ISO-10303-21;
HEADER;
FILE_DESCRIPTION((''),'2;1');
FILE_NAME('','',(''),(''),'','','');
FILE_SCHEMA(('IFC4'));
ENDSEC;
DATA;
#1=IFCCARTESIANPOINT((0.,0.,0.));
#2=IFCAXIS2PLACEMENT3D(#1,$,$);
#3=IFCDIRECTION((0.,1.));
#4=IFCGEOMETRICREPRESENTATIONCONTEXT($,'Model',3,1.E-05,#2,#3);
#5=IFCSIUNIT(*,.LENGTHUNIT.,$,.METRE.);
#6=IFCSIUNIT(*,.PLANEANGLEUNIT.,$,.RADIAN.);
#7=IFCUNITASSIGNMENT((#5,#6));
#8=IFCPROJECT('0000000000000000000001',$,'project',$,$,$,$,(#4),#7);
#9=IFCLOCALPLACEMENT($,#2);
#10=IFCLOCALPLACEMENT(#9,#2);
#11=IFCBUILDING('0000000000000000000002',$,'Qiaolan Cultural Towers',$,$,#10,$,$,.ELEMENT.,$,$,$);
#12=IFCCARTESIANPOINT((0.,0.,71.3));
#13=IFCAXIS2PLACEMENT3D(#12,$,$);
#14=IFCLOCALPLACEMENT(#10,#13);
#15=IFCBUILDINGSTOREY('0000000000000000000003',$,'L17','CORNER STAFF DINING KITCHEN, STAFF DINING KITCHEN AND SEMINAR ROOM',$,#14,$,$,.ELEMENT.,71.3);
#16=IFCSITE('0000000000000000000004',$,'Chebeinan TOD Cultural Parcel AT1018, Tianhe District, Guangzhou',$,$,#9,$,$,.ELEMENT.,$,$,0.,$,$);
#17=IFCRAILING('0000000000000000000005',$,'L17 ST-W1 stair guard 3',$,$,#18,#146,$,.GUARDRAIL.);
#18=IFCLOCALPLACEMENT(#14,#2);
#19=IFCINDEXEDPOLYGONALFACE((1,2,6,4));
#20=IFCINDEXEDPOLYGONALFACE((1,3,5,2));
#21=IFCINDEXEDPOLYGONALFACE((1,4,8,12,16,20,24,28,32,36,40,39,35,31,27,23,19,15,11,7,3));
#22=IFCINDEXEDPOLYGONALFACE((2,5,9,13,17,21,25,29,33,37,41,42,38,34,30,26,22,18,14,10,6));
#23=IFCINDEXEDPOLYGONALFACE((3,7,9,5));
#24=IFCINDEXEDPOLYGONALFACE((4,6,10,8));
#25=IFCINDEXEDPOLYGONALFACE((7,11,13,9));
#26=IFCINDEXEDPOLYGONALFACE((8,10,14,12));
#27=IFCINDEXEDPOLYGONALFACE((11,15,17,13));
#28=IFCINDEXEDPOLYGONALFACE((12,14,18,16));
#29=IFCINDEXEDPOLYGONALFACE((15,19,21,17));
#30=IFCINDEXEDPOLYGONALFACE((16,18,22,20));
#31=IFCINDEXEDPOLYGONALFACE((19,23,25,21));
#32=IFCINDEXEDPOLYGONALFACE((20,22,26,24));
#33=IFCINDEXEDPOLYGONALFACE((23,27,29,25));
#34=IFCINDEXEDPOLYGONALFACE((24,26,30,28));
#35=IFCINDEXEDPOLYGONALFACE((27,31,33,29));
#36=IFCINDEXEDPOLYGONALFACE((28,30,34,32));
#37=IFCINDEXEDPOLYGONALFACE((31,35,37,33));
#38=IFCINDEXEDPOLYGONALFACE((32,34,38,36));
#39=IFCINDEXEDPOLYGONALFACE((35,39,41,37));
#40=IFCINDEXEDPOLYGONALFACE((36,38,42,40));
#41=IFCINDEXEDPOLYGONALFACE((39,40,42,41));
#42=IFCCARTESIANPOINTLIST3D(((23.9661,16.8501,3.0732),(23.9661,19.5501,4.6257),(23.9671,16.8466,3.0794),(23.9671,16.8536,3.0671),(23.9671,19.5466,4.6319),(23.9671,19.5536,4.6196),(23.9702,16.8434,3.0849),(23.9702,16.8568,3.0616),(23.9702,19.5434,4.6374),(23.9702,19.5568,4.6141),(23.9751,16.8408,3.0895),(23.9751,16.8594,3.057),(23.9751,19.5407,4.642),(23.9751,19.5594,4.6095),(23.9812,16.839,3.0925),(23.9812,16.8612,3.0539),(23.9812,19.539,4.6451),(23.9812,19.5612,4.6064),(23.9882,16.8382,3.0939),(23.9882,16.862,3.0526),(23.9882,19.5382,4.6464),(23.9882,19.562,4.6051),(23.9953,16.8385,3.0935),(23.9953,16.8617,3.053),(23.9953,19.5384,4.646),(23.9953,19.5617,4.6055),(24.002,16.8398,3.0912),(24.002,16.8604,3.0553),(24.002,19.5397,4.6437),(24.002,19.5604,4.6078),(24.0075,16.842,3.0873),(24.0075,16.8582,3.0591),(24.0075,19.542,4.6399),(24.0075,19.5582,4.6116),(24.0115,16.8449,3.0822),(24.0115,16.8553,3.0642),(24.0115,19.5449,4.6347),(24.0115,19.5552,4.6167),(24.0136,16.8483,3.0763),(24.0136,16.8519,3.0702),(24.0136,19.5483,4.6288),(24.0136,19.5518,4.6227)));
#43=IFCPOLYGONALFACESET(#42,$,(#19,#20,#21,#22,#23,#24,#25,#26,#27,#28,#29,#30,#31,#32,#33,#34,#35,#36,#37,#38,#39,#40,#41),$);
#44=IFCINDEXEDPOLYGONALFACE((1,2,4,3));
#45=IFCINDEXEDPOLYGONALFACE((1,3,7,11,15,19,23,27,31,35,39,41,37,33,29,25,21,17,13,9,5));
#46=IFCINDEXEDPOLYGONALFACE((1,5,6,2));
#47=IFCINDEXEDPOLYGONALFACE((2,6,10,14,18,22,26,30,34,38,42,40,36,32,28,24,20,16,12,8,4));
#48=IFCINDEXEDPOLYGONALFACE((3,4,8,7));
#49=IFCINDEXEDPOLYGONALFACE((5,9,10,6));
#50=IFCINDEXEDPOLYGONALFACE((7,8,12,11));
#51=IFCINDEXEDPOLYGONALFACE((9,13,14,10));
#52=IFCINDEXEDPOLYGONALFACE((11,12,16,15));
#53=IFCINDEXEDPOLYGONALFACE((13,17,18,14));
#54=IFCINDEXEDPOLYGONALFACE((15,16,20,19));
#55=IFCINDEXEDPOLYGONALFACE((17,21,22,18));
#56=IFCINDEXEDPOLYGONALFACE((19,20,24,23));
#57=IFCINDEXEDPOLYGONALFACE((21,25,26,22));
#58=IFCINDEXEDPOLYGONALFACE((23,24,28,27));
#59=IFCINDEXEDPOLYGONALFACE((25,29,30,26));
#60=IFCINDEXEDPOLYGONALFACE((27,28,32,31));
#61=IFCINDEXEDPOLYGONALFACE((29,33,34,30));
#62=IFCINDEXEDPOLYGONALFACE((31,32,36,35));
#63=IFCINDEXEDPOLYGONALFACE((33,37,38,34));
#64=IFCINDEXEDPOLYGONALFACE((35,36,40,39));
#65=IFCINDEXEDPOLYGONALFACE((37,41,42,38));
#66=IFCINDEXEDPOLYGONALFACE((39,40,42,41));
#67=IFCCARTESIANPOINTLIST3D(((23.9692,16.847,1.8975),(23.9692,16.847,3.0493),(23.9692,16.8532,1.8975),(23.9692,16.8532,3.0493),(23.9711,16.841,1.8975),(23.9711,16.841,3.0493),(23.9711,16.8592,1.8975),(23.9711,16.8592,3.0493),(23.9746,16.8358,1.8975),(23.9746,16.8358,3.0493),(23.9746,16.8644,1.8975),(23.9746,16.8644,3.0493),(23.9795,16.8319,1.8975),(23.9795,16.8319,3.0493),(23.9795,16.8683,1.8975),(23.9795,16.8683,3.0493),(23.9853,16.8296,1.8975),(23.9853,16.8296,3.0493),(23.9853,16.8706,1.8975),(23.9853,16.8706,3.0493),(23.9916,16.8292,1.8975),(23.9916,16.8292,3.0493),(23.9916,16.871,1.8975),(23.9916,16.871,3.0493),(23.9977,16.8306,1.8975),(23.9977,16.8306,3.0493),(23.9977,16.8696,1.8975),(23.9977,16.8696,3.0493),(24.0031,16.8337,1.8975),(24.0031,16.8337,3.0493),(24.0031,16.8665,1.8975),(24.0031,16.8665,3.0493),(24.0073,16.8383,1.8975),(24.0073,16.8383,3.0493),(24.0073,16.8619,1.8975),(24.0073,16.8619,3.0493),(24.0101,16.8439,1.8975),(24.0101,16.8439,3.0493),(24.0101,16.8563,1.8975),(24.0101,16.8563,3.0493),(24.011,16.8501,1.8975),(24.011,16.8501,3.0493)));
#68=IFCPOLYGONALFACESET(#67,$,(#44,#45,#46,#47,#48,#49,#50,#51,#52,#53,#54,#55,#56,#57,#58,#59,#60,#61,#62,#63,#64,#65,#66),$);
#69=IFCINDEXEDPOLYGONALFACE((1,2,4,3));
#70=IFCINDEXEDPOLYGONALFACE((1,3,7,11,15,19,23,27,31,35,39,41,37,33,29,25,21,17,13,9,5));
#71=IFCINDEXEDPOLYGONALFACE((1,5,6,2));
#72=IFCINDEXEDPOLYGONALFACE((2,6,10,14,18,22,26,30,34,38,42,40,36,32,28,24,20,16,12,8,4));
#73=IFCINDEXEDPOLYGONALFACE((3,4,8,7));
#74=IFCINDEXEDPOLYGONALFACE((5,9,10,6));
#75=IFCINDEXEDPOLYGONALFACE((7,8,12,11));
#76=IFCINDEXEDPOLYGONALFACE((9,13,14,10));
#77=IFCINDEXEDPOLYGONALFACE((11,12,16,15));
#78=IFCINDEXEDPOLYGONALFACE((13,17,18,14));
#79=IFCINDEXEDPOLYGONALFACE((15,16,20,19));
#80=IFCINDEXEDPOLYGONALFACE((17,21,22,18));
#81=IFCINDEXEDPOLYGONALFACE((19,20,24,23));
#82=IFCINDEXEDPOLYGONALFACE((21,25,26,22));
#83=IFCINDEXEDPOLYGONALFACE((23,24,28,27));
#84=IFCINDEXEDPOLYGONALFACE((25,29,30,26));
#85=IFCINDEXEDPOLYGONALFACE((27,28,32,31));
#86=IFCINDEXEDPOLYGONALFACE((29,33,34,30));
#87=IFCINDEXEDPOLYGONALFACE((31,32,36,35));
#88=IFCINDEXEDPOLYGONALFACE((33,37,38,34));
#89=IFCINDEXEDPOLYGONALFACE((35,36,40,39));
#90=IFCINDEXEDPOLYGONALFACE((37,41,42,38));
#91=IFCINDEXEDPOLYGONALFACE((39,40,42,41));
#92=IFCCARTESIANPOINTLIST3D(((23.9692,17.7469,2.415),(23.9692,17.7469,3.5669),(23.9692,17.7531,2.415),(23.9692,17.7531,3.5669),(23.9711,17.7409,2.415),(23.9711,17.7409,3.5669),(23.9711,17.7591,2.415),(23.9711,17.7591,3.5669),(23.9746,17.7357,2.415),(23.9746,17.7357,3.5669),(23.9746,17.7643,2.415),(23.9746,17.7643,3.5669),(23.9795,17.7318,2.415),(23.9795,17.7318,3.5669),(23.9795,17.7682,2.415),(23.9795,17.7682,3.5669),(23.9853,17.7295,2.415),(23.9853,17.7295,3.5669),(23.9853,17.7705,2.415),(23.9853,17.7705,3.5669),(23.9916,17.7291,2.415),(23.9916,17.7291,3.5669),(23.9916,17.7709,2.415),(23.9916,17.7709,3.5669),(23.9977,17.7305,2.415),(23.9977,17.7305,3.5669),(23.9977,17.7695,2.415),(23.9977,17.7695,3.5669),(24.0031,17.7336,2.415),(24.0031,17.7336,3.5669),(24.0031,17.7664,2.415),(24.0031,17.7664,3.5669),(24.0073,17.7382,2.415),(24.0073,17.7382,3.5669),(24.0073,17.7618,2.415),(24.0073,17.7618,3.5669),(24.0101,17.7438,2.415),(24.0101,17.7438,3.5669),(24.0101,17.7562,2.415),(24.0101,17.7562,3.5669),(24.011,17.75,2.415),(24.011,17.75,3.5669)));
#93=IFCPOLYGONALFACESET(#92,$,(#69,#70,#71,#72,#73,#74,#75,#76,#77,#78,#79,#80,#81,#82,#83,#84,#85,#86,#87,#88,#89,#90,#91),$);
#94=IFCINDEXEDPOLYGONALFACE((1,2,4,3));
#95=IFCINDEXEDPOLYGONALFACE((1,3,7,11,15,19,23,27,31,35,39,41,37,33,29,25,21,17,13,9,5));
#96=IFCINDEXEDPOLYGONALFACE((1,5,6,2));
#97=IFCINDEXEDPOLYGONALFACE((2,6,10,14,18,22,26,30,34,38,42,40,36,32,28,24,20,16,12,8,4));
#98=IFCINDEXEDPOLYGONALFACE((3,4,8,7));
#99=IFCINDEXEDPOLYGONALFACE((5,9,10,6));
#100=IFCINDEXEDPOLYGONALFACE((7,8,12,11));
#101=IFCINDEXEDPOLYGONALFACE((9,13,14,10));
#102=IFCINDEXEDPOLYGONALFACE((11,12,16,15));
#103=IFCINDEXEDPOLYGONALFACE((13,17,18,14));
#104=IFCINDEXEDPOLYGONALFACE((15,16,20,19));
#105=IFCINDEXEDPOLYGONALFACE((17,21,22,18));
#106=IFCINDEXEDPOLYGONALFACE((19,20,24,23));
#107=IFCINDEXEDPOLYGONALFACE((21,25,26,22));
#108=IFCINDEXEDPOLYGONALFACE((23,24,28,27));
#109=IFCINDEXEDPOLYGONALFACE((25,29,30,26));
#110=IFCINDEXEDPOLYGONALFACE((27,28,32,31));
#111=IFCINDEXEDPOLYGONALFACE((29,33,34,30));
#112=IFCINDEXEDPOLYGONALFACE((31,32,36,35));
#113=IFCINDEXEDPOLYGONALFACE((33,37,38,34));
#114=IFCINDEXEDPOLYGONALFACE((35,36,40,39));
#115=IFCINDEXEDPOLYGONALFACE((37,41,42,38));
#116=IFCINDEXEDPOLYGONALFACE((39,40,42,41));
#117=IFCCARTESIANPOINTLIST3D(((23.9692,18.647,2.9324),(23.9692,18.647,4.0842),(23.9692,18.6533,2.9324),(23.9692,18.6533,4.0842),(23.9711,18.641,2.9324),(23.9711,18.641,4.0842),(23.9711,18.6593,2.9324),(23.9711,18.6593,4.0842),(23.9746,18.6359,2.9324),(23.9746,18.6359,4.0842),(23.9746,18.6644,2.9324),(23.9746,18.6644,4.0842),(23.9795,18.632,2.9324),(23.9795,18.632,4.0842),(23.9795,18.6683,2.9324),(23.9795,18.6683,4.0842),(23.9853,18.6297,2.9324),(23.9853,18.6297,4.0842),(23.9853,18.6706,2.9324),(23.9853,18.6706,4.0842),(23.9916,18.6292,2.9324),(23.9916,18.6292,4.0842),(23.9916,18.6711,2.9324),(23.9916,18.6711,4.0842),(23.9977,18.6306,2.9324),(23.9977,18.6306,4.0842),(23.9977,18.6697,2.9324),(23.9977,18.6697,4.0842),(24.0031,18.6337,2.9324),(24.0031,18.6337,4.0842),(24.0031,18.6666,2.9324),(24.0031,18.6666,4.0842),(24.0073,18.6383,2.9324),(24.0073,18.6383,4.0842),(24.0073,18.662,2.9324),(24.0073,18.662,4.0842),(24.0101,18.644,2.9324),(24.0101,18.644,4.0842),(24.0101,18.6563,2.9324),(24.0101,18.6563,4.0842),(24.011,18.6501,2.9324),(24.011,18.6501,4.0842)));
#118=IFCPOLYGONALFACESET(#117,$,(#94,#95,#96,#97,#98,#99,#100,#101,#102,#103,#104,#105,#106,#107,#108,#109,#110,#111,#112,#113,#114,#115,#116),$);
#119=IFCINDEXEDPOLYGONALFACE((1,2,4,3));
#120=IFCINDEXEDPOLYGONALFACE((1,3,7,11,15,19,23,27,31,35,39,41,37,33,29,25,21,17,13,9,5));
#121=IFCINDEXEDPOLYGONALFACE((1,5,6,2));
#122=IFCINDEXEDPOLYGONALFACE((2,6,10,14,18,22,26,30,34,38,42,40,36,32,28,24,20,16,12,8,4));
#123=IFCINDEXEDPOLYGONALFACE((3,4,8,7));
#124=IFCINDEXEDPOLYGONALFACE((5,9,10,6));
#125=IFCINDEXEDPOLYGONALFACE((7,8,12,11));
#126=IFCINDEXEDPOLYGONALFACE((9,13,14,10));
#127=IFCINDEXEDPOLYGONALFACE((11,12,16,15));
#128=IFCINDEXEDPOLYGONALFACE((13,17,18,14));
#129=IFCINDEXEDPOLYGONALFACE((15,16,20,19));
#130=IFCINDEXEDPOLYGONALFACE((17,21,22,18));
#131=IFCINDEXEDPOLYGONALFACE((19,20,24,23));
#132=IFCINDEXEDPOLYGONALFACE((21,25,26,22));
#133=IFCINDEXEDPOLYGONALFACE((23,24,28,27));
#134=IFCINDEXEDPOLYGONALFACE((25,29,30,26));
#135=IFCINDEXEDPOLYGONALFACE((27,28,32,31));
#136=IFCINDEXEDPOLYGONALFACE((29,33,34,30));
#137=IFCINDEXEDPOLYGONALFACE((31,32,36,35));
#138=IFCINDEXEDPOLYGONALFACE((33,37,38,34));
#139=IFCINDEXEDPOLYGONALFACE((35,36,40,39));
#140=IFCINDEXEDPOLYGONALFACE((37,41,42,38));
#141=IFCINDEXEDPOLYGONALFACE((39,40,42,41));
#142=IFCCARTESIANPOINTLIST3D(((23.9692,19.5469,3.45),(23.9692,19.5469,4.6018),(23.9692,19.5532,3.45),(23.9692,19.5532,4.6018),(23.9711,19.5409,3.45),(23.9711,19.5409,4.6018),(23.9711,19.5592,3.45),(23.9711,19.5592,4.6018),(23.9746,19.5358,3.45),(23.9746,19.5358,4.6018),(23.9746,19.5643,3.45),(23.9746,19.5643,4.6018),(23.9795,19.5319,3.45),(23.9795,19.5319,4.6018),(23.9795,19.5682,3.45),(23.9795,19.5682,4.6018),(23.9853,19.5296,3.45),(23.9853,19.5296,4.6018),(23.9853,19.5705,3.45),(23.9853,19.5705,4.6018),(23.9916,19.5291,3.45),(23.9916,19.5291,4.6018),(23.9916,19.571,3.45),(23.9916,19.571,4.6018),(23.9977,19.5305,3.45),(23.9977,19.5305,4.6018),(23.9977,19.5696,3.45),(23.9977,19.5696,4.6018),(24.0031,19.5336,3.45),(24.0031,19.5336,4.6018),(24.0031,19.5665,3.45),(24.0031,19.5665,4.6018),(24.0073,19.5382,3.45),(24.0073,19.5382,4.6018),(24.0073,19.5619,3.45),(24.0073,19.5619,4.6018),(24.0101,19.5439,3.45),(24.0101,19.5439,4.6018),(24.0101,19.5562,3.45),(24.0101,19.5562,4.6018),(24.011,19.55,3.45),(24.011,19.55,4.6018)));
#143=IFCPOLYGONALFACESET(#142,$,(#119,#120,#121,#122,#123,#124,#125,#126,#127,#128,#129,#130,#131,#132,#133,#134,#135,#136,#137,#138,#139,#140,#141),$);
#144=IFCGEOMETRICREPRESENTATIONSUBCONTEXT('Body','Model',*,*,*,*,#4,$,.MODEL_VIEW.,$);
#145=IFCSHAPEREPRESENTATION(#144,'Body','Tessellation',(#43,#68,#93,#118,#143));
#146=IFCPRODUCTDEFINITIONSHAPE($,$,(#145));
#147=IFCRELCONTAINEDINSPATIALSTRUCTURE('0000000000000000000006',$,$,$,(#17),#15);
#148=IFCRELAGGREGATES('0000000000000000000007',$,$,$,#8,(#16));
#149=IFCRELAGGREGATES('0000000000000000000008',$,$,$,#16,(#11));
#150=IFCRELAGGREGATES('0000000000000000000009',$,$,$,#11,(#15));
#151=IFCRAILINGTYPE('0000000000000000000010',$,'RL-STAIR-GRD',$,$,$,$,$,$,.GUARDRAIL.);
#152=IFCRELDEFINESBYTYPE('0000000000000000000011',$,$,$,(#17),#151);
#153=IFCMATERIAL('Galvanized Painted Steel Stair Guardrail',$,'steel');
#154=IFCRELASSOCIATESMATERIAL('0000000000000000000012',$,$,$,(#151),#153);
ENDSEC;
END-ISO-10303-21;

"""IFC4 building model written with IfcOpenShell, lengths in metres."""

from ifc_helpers import new_model, si_unit, direction, frame, origin, origin_2d, place, context, subcontext, project, spatial, circle, extrude, material, type_object, element, save


model = new_model("IFC4")

# Units and contexts
model_context = context("Model", 3, precision=1e-05, world=origin(), true_north=direction((0.0, 1.0)))
body_context = subcontext(model_context, "Body", "Model", "MODEL_VIEW")
ifc_project = project(units=[si_unit("LENGTHUNIT", "METRE"), si_unit("PLANEANGLEUNIT", "RADIAN")], contexts=[model_context])

# Site, building, storey
site_placement = place(None, origin())
site = spatial("IfcSite", under=ifc_project, at=site_placement, Name="Chebeinan TOD Cultural Parcel AT1018, Tianhe District, Guangzhou", CompositionType="ELEMENT", RefElevation=0.0)
building_placement = place(site_placement, origin())
building = spatial("IfcBuilding", under=site, at=building_placement, Name="Qiaolan Cultural Towers", CompositionType="ELEMENT")
storey_placement = place(building_placement, frame((0.0, 0.0, 71.3)))
storey = spatial("IfcBuildingStorey", under=building, at=storey_placement, Name="L17", Description="CORNER STAFF DINING KITCHEN, STAFF DINING KITCHEN AND SEMINAR ROOM", CompositionType="ELEMENT", Elevation=71.3)

# Railing
ifc_material_1 = material(Name="Galvanized Painted Steel Stair Guardrail", Category="steel")
railing_type_1 = type_object("IfcRailingType", Name="RL-STAIR-GRD", PredefinedType="GUARDRAIL", material=ifc_material_1)
railing_1_placement = place(storey_placement, frame((23.99, 16.8501, 1.8975)))
element("IfcRailing", 1, at=railing_1_placement, inside=storey, type_object=railing_type_1, Name="L17 ST-W1 stair guard 3", PredefinedType="GUARDRAIL", context=body_context, shape_type="SweptSolid", body=[
    extrude(circle(Radius=0.0239, at=origin_2d()), frame((0.0, 0.0, 1.1758), z_axis=(0.0, 0.866904, 0.498476), x_axis=(-1.0, 0.0, 0.0)), (0.0, 0.0, 1.0), 3.1145),
    extrude(circle(Radius=0.021, at=origin_2d()), origin(), (0.0, 0.0, 1.0), 1.1519),
    extrude(circle(Radius=0.021, at=origin_2d()), frame((0.0, 0.8999, 0.5176)), (0.0, 0.0, 1.0), 1.1519),
    extrude(circle(Radius=0.021, at=origin_2d()), frame((0.0, 1.8, 1.0349)), (0.0, 0.0, 1.0), 1.1519),
    extrude(circle(Radius=0.021, at=origin_2d()), frame((0.0, 2.7, 1.5525)), (0.0, 0.0, 1.0), 1.1519),
])

save(model, "model.ifc")
